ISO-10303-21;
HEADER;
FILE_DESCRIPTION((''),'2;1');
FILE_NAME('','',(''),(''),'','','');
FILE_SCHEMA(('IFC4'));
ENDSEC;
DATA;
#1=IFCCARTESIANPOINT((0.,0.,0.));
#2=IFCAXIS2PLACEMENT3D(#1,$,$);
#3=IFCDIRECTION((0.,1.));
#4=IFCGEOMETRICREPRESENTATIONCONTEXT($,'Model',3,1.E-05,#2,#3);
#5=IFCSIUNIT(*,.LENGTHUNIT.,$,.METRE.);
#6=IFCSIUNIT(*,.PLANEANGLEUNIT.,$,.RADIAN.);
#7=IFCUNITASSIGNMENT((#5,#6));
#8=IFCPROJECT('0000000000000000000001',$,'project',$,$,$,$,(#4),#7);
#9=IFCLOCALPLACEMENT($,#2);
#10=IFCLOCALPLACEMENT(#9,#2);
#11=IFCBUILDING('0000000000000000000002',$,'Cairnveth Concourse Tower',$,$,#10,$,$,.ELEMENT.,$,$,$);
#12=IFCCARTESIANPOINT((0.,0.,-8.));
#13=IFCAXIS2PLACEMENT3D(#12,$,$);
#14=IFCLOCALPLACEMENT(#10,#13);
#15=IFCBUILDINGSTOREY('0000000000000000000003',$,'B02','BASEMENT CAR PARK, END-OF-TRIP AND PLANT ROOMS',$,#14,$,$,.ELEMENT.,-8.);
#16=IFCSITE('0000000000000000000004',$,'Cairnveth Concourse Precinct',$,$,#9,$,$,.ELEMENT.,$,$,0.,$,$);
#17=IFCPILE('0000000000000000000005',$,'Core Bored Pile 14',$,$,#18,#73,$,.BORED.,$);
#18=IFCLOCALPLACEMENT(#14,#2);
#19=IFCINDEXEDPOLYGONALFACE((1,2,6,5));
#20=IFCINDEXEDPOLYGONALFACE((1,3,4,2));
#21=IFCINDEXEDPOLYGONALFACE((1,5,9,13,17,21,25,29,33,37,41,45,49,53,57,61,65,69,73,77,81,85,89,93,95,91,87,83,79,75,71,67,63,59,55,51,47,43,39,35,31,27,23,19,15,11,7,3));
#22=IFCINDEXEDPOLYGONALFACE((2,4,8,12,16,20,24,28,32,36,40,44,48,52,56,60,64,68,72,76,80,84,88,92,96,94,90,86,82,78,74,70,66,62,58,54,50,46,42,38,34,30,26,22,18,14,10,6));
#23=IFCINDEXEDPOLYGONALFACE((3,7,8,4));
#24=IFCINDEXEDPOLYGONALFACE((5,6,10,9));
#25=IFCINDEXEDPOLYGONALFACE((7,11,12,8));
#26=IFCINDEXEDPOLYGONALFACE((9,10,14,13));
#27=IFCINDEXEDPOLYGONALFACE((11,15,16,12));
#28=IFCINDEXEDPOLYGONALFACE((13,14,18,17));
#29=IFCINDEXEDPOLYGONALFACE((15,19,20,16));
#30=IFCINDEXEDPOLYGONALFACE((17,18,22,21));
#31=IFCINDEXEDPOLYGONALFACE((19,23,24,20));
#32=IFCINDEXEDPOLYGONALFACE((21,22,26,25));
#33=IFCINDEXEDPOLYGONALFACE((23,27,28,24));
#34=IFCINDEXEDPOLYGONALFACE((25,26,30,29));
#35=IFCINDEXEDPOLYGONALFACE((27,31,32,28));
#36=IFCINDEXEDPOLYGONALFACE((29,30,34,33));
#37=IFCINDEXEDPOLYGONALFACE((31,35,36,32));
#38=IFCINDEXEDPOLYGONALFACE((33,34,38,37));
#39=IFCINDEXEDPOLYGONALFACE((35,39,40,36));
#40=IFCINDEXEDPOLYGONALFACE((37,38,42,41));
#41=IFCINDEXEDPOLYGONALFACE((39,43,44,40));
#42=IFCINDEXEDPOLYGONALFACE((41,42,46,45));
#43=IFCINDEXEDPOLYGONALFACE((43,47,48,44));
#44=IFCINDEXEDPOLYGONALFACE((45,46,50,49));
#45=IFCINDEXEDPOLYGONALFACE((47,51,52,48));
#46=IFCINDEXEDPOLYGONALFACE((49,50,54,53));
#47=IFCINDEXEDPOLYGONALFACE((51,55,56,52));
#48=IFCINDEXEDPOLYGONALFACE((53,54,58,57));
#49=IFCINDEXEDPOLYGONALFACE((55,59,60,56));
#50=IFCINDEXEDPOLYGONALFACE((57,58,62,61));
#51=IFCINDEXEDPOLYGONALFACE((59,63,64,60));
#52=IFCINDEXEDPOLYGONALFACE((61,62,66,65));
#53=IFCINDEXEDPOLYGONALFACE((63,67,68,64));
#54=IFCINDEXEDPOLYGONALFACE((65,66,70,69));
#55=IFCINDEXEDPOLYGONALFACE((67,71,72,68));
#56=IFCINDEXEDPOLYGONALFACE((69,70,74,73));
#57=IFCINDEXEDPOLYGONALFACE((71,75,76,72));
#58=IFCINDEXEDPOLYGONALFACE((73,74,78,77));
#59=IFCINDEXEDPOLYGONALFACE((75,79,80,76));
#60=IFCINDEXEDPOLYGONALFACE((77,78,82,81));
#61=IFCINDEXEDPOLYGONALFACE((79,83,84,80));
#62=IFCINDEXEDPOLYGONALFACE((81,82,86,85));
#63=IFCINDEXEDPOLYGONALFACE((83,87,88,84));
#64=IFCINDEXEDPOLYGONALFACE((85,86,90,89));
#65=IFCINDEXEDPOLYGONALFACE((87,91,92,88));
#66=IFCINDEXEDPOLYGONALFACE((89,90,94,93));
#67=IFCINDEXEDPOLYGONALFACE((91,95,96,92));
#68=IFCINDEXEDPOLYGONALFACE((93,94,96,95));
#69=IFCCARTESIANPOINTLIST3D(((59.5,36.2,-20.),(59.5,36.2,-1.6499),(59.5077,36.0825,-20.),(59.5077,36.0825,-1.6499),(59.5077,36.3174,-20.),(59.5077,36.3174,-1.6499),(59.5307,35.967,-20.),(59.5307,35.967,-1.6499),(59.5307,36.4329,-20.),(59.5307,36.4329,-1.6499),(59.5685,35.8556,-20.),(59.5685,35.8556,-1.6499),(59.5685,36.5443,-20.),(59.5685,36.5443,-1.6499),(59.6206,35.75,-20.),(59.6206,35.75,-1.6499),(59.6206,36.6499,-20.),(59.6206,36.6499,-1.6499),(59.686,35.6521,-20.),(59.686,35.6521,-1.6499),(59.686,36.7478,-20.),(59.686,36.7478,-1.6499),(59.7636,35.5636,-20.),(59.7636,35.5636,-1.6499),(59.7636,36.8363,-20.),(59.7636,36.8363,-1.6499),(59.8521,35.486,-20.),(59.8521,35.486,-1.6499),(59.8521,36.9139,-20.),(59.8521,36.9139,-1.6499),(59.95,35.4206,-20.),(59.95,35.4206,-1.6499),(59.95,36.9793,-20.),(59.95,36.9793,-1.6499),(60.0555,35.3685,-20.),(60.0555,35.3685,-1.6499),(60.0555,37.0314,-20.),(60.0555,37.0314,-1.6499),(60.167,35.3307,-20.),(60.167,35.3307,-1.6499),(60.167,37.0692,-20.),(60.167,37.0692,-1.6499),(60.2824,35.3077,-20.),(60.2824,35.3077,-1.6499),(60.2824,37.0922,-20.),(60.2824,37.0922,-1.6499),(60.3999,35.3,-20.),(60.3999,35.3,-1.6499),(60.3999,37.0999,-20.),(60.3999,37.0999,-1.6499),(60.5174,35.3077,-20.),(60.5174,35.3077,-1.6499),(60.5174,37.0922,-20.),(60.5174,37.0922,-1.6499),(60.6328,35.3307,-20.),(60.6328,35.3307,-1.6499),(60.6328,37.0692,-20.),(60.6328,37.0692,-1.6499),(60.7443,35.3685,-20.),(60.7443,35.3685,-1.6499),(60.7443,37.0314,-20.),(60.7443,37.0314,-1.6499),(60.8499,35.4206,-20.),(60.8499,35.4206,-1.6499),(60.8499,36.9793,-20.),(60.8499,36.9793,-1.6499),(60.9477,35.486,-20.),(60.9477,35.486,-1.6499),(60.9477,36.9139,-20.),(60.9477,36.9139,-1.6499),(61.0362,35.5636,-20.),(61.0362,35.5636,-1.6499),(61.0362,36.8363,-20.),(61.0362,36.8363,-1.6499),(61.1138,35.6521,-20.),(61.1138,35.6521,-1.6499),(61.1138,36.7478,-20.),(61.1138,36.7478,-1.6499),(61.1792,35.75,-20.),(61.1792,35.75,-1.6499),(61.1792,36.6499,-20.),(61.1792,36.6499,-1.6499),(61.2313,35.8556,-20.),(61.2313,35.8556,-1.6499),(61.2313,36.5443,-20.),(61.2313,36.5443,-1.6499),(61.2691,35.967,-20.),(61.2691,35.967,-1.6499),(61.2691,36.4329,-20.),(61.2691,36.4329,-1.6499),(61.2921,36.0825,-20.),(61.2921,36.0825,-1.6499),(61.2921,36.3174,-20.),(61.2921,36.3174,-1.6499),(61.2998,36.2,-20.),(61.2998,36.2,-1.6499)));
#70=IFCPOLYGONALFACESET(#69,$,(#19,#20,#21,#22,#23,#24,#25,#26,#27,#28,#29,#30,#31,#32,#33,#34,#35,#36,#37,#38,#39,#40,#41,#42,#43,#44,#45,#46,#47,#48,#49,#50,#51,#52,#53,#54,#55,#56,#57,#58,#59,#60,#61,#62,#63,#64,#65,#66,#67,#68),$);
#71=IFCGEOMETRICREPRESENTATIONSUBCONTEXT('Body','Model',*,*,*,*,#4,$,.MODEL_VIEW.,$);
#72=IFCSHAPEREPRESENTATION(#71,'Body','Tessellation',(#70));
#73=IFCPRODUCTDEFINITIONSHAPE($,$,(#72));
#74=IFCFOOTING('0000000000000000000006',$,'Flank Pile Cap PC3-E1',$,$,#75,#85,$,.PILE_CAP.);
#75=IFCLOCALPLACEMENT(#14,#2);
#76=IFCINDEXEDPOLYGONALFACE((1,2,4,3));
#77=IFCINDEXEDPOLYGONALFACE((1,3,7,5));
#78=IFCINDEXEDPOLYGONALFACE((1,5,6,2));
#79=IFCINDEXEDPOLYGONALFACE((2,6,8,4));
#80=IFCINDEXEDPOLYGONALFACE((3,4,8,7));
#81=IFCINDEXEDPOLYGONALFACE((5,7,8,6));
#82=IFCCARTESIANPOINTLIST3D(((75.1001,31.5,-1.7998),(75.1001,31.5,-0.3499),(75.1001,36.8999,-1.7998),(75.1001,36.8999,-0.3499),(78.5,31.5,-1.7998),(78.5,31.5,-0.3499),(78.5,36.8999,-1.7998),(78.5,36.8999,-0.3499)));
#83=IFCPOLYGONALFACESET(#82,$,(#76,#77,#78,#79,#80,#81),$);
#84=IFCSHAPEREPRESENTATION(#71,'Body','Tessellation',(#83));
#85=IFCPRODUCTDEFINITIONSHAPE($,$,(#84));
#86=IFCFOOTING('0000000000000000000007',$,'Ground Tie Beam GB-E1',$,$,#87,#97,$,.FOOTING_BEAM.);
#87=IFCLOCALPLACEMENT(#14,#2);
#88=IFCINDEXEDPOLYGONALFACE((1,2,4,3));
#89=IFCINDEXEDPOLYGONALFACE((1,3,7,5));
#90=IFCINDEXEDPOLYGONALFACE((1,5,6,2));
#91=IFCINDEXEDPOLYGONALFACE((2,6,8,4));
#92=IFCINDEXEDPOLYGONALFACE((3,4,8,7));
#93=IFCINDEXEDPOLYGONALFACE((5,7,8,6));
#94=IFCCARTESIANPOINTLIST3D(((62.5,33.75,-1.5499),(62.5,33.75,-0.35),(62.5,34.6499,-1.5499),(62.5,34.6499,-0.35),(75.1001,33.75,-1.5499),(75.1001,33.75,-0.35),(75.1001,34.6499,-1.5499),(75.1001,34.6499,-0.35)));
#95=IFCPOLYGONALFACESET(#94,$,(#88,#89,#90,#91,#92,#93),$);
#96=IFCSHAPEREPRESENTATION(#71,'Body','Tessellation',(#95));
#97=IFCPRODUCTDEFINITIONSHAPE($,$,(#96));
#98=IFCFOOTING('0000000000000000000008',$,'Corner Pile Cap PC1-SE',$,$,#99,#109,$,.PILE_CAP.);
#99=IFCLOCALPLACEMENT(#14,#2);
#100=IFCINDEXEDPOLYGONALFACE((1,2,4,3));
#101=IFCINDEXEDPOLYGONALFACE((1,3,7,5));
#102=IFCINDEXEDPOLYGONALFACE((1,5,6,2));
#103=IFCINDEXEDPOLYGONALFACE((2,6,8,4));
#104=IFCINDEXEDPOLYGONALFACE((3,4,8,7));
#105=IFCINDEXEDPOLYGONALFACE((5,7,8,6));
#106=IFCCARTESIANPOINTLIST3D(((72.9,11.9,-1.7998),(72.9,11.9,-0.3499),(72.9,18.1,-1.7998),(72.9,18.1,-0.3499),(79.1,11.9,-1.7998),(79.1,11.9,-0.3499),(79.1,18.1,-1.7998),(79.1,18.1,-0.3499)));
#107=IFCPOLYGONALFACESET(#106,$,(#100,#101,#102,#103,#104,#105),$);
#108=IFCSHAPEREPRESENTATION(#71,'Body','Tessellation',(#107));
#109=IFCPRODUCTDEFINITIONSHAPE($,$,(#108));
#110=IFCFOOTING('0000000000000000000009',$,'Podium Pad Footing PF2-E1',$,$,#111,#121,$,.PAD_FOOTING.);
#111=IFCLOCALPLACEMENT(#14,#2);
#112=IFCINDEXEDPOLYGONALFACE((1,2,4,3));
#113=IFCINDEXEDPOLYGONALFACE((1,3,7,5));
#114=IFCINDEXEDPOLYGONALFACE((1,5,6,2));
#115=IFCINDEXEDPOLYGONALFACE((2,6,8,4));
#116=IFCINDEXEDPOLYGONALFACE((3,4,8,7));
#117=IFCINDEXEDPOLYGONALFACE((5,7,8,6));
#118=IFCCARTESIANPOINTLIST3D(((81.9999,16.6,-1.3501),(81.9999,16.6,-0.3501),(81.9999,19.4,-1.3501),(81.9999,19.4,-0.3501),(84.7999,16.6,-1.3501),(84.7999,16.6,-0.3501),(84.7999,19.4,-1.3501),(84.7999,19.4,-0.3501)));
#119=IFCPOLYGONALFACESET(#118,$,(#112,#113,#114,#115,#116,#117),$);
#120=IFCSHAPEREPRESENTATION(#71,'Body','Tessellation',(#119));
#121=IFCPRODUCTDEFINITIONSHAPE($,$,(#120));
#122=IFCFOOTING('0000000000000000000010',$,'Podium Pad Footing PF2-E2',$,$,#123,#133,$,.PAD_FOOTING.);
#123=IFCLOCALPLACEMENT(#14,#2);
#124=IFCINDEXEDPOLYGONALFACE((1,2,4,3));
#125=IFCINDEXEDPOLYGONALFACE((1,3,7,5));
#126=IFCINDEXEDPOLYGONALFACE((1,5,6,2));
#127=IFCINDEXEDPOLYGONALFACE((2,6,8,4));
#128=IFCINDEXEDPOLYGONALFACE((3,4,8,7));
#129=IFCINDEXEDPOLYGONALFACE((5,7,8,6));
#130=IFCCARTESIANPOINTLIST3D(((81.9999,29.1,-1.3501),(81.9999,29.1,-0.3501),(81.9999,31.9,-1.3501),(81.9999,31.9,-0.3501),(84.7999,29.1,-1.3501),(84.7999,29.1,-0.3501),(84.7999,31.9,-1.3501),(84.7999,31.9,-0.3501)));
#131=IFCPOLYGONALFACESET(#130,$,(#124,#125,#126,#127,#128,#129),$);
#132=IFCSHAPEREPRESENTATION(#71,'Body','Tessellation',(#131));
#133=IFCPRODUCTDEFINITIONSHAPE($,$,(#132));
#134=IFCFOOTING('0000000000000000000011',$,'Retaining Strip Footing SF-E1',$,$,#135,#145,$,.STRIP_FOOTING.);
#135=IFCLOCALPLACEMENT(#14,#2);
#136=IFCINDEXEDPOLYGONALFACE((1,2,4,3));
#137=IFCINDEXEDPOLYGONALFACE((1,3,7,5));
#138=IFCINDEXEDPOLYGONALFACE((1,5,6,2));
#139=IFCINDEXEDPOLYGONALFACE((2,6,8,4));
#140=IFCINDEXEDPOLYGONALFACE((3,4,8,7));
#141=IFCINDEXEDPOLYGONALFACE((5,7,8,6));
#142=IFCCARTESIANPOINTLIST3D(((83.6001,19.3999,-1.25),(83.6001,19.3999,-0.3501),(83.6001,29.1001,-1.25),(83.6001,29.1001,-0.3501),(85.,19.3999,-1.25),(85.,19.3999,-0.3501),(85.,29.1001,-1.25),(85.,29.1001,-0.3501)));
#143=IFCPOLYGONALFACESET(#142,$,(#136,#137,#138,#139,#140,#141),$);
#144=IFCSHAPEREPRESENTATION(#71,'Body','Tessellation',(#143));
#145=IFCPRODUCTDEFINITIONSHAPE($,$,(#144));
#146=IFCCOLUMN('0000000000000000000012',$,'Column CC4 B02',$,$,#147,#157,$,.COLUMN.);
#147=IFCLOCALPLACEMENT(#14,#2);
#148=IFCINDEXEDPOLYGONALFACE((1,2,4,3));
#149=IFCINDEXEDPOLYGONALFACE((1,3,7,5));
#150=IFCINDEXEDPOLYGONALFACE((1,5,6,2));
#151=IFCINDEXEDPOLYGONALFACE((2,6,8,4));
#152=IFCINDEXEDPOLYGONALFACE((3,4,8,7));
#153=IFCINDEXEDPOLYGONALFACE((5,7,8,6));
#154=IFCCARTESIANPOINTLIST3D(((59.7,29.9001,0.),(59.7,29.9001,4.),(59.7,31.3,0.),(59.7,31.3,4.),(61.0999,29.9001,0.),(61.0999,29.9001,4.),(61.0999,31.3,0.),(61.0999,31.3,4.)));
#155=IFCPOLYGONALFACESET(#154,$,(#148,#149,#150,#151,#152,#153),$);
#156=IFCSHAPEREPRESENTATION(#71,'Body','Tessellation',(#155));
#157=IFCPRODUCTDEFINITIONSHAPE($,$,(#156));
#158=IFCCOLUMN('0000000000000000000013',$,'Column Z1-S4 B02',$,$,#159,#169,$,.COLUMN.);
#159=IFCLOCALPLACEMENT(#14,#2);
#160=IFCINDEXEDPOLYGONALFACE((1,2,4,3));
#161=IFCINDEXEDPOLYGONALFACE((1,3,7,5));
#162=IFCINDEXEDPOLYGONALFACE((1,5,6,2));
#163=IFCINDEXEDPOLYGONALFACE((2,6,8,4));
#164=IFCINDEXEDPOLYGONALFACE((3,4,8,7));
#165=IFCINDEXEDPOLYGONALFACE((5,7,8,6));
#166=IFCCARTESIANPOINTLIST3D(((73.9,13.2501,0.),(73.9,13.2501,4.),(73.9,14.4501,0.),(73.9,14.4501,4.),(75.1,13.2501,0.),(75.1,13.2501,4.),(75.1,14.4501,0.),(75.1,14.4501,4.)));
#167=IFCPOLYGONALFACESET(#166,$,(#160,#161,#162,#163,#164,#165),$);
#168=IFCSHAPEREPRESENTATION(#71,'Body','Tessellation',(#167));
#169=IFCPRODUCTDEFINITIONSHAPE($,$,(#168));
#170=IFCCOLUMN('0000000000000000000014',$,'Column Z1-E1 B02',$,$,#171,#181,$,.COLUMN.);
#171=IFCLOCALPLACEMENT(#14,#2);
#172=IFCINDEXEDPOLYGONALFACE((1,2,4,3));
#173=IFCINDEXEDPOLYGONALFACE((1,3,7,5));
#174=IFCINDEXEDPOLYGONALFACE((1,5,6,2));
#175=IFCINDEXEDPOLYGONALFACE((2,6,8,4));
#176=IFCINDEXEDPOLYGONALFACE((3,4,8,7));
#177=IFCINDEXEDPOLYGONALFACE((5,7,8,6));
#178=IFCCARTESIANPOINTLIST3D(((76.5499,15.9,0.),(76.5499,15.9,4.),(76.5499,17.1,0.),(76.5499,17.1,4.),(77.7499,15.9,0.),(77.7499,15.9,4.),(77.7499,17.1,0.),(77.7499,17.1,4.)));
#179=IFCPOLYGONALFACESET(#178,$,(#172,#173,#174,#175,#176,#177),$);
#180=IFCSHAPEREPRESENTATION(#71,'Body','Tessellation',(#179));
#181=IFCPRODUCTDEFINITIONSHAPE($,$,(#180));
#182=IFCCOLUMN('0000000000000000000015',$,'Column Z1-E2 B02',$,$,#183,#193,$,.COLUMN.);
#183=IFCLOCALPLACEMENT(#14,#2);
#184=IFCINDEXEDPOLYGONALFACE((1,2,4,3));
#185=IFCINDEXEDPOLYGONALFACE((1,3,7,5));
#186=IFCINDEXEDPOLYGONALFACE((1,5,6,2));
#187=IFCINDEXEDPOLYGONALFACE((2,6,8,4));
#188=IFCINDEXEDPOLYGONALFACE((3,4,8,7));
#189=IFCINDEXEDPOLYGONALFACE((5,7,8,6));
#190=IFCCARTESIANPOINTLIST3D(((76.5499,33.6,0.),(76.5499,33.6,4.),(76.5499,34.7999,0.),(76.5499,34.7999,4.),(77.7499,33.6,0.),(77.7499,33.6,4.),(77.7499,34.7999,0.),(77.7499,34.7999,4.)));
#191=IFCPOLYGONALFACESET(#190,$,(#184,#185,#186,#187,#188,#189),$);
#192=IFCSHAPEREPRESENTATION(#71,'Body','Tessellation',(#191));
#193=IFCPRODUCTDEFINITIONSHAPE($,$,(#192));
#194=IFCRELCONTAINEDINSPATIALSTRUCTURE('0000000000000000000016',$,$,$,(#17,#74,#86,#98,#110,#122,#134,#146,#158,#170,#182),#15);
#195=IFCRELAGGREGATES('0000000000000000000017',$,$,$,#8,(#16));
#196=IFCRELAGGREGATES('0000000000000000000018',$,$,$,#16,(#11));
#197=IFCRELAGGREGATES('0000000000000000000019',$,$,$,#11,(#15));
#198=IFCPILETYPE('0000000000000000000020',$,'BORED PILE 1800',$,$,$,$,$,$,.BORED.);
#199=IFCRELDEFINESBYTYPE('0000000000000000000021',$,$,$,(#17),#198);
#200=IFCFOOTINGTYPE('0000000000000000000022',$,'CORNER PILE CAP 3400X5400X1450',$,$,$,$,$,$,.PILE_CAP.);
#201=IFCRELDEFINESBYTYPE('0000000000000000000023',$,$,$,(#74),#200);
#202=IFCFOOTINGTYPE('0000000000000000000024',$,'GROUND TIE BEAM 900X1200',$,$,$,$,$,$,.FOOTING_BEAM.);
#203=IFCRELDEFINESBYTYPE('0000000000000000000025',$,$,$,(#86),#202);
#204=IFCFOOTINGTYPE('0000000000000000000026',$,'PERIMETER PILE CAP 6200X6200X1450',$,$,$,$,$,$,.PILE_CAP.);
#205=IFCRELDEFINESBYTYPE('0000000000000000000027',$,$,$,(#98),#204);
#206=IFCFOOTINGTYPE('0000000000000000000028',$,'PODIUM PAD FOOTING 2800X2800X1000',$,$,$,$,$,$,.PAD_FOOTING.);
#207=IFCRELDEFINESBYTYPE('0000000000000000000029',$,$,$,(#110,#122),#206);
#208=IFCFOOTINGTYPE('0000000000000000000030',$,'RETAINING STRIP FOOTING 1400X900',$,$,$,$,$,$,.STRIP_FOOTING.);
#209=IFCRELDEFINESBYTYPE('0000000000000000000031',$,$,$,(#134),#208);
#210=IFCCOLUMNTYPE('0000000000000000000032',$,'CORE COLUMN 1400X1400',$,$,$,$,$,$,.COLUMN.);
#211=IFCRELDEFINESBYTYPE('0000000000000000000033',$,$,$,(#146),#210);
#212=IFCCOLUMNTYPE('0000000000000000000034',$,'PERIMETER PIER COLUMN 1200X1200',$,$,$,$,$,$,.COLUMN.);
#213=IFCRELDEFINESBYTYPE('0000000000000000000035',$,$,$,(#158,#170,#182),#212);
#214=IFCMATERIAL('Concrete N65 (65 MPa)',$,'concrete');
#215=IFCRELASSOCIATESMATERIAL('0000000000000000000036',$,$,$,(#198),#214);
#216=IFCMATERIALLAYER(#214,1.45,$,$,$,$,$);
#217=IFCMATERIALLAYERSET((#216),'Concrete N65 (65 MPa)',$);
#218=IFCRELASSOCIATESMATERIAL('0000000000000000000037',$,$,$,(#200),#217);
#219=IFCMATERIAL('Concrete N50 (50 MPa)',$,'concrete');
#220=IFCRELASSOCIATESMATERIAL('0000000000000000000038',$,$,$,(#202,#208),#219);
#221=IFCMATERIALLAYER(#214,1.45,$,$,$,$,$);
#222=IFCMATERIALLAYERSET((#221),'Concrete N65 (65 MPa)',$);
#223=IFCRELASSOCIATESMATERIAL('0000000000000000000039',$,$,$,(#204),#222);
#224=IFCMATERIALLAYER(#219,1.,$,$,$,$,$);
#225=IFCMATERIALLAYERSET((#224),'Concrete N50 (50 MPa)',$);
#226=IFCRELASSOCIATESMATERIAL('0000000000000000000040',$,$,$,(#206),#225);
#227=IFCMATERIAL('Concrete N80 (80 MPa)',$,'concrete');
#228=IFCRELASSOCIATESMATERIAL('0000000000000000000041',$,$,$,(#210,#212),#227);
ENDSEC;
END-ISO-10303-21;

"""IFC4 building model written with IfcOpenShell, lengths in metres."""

from ifc_helpers import new_model, si_unit, direction, frame, origin, origin_2d, place, context, subcontext, project, spatial, rectangle, circle, extrude, material, layer, layer_set, material_profile, profile_set, type_object, element, save


model = new_model("IFC4")

# Units and contexts
model_context = context("Model", 3, precision=1e-05, world=origin(), true_north=direction((0.0, 1.0)))
body_context = subcontext(model_context, "Body", "Model", "MODEL_VIEW")
ifc_project = project(units=[si_unit("LENGTHUNIT", "METRE"), si_unit("PLANEANGLEUNIT", "RADIAN")], contexts=[model_context])

# Site, building, storey
site_placement = place(None, origin())
site = spatial("IfcSite", under=ifc_project, at=site_placement, Name="Cairnveth Concourse Precinct", CompositionType="ELEMENT", RefElevation=0.0)
building_placement = place(site_placement, origin())
building = spatial("IfcBuilding", under=site, at=building_placement, Name="Cairnveth Concourse Tower", CompositionType="ELEMENT")
storey_placement = place(building_placement, frame((0.0, 0.0, -8.0)))
storey = spatial("IfcBuildingStorey", under=building, at=storey_placement, Name="B02", Description="BASEMENT CAR PARK, END-OF-TRIP AND PLANT ROOMS", CompositionType="ELEMENT", Elevation=-8.0)

# Pile
ifc_material_1 = material(Name="Concrete N50 (50 MPa)", Category="concrete")
ifc_material_2 = material(Name="Concrete N65 (65 MPa)", Category="concrete")
ifc_material_profile_1 = material_profile(ifc_material_2, circle(Radius=0.8999, at=origin_2d()), Name="PILE-1800")
ifc_profile_set_1 = profile_set([ifc_material_profile_1], Name="Concrete N65 (65 MPa)")
pile_type_1 = type_object("IfcPileType", Name="BORED PILE 1800", PredefinedType="BORED", material=ifc_profile_set_1)
pile_placement = place(storey_placement, frame((60.3999, 36.2, -1.6499), z_axis=(0.0, 0.0, -1.0), x_axis=(1.0, 0.0, 0.0)))
element("IfcPile", 1, at=pile_placement, inside=storey, type_object=pile_type_1, Name="Core Bored Pile 14", PredefinedType="BORED", context=body_context, shape_type="SweptSolid", body=[
    extrude(circle(Radius=0.8999, at=origin_2d()), origin(), (0.0, 0.0, 1.0), 18.3501),
])

# Footings
ifc_layer_1 = layer(ifc_material_2, 1.45)
ifc_layer_set_1 = layer_set([ifc_layer_1], Name="Concrete N65 (65 MPa)")
footing_type_1 = type_object("IfcFootingType", Name="CORNER PILE CAP 3400X5400X1450", PredefinedType="PILE_CAP", material=ifc_layer_set_1)
footing_1_placement = place(storey_placement, frame((76.8, 34.2, -1.7998), z_axis=(0.0, 0.0, 1.0), x_axis=(1.0, 0.0, 0.0)))
element("IfcFooting", 2, at=footing_1_placement, inside=storey, type_object=footing_type_1, Name="Flank Pile Cap PC3-E1", PredefinedType="PILE_CAP", context=body_context, shape_type="SweptSolid", body=[
    extrude(rectangle(XDim=3.3999, YDim=5.3999, at=origin_2d()), origin(), (0.0, 0.0, 1.0), 1.45),
])
ifc_material_profile_2 = material_profile(ifc_material_1, rectangle(XDim=0.8999, YDim=1.2, at=origin_2d()), Name="RC-GB-900x1200")
ifc_profile_set_2 = profile_set([ifc_material_profile_2], Name="Concrete N50 (50 MPa)")
footing_type_2 = type_object("IfcFootingType", Name="GROUND TIE BEAM 900X1200", PredefinedType="FOOTING_BEAM", material=ifc_profile_set_2)
footing_2_placement = place(storey_placement, frame((62.5, 34.2, -0.95), z_axis=(1.0, 0.0, 0.0), x_axis=(0.0, 1.0, 0.0)))
element("IfcFooting", 3, at=footing_2_placement, inside=storey, type_object=footing_type_2, Name="Ground Tie Beam GB-E1", PredefinedType="FOOTING_BEAM", context=body_context, shape_type="SweptSolid", body=[
    extrude(rectangle(XDim=0.8999, YDim=1.2, at=origin_2d()), origin(), (0.0, 0.0, 1.0), 12.6001),
])
ifc_layer_2 = layer(ifc_material_2, 1.45)
ifc_layer_set_2 = layer_set([ifc_layer_2], Name="Concrete N65 (65 MPa)")
footing_type_3 = type_object("IfcFootingType", Name="PERIMETER PILE CAP 6200X6200X1450", PredefinedType="PILE_CAP", material=ifc_layer_set_2)
footing_3_placement = place(storey_placement, frame((76.0, 15.0, -1.7998), z_axis=(0.0, 0.0, 1.0), x_axis=(1.0, 0.0, 0.0)))
element("IfcFooting", 4, at=footing_3_placement, inside=storey, type_object=footing_type_3, Name="Corner Pile Cap PC1-SE", PredefinedType="PILE_CAP", context=body_context, shape_type="SweptSolid", body=[
    extrude(rectangle(XDim=6.2, YDim=6.2, at=origin_2d()), origin(), (0.0, 0.0, 1.0), 1.45),
])
ifc_layer_3 = layer(ifc_material_1, 1.0)
ifc_layer_set_3 = layer_set([ifc_layer_3], Name="Concrete N50 (50 MPa)")
footing_type_4 = type_object("IfcFootingType", Name="PODIUM PAD FOOTING 2800X2800X1000", PredefinedType="PAD_FOOTING", material=ifc_layer_set_3)
for number, where, z_axis, x_axis, name in (
    (5, (83.3999, 18.0, -1.3501), (0.0, 0.0, 1.0), (1.0, 0.0, 0.0), "Podium Pad Footing PF2-E1"),
    (6, (83.3999, 30.5, -1.3501), (0.0, 0.0, 1.0), (1.0, 0.0, 0.0), "Podium Pad Footing PF2-E2"),
):
    element("IfcFooting", number, at=place(storey_placement, frame(where, z_axis=z_axis, x_axis=x_axis)), inside=storey, type_object=footing_type_4, Name=name, PredefinedType="PAD_FOOTING", context=body_context, shape_type="SweptSolid", body=[
        extrude(rectangle(XDim=2.8, YDim=2.8, at=origin_2d()), origin(), (0.0, 0.0, 1.0), 1.0),
    ])
ifc_material_profile_3 = material_profile(ifc_material_1, rectangle(XDim=1.3999, YDim=0.8999, at=origin_2d()), Name="SF-1400x900")
ifc_profile_set_3 = profile_set([ifc_material_profile_3], Name="Concrete N50 (50 MPa)")
footing_type_5 = type_object("IfcFootingType", Name="RETAINING STRIP FOOTING 1400X900", PredefinedType="STRIP_FOOTING", material=ifc_profile_set_3)
footing_4_placement = place(storey_placement, frame((84.3, 19.3999, -0.8), z_axis=(0.0, 1.0, 0.0), x_axis=(-1.0, 0.0, 0.0)))
element("IfcFooting", 7, at=footing_4_placement, inside=storey, type_object=footing_type_5, Name="Retaining Strip Footing SF-E1", PredefinedType="STRIP_FOOTING", context=body_context, shape_type="SweptSolid", body=[
    extrude(rectangle(XDim=1.3999, YDim=0.8999, at=origin_2d()), origin(), (0.0, 0.0, 1.0), 9.7002),
])

# Columns
ifc_material_3 = material(Name="Concrete N80 (80 MPa)", Category="concrete")
ifc_material_profile_4 = material_profile(ifc_material_3, rectangle(XDim=1.3999, YDim=1.3999, at=origin_2d()), Name="RC-COL-1400x1400")
ifc_profile_set_4 = profile_set([ifc_material_profile_4], Name="Concrete N80 (80 MPa)")
column_type_1 = type_object("IfcColumnType", Name="CORE COLUMN 1400X1400", PredefinedType="COLUMN", material=ifc_profile_set_4)
column_placement = place(storey_placement, frame((60.3999, 30.6001, 0.0), z_axis=(0.0, 0.0, 1.0), x_axis=(1.0, 0.0, 0.0)))
element("IfcColumn", 8, at=column_placement, inside=storey, type_object=column_type_1, Name="Column CC4 B02", PredefinedType="COLUMN", context=body_context, shape_type="SweptSolid", body=[
    extrude(rectangle(XDim=1.3999, YDim=1.3999, at=origin_2d()), origin(), (0.0, 0.0, 1.0), 4.0),
])
ifc_material_profile_5 = material_profile(ifc_material_3, rectangle(XDim=1.2, YDim=1.2, at=origin_2d()), Name="RC-COL-1200x1200")
ifc_profile_set_5 = profile_set([ifc_material_profile_5], Name="Concrete N80 (80 MPa)")
column_type_2 = type_object("IfcColumnType", Name="PERIMETER PIER COLUMN 1200X1200", PredefinedType="COLUMN", material=ifc_profile_set_5)
for number, where, z_axis, x_axis, name in (
    (9, (74.5, 13.8501, 0.0), (0.0, 0.0, 1.0), (1.0, 0.0, 0.0), "Column Z1-S4 B02"),
    (10, (77.1499, 16.5, 0.0), (0.0, 0.0, 1.0), (1.0, 0.0, 0.0), "Column Z1-E1 B02"),
    (11, (77.1499, 34.2, 0.0), (0.0, 0.0, 1.0), (1.0, 0.0, 0.0), "Column Z1-E2 B02"),
):
    element("IfcColumn", number, at=place(storey_placement, frame(where, z_axis=z_axis, x_axis=x_axis)), inside=storey, type_object=column_type_2, Name=name, PredefinedType="COLUMN", context=body_context, shape_type="SweptSolid", body=[
        extrude(rectangle(XDim=1.2, YDim=1.2, at=origin_2d()), origin(), (0.0, 0.0, 1.0), 4.0),
    ])

save(model, "model.ifc")
